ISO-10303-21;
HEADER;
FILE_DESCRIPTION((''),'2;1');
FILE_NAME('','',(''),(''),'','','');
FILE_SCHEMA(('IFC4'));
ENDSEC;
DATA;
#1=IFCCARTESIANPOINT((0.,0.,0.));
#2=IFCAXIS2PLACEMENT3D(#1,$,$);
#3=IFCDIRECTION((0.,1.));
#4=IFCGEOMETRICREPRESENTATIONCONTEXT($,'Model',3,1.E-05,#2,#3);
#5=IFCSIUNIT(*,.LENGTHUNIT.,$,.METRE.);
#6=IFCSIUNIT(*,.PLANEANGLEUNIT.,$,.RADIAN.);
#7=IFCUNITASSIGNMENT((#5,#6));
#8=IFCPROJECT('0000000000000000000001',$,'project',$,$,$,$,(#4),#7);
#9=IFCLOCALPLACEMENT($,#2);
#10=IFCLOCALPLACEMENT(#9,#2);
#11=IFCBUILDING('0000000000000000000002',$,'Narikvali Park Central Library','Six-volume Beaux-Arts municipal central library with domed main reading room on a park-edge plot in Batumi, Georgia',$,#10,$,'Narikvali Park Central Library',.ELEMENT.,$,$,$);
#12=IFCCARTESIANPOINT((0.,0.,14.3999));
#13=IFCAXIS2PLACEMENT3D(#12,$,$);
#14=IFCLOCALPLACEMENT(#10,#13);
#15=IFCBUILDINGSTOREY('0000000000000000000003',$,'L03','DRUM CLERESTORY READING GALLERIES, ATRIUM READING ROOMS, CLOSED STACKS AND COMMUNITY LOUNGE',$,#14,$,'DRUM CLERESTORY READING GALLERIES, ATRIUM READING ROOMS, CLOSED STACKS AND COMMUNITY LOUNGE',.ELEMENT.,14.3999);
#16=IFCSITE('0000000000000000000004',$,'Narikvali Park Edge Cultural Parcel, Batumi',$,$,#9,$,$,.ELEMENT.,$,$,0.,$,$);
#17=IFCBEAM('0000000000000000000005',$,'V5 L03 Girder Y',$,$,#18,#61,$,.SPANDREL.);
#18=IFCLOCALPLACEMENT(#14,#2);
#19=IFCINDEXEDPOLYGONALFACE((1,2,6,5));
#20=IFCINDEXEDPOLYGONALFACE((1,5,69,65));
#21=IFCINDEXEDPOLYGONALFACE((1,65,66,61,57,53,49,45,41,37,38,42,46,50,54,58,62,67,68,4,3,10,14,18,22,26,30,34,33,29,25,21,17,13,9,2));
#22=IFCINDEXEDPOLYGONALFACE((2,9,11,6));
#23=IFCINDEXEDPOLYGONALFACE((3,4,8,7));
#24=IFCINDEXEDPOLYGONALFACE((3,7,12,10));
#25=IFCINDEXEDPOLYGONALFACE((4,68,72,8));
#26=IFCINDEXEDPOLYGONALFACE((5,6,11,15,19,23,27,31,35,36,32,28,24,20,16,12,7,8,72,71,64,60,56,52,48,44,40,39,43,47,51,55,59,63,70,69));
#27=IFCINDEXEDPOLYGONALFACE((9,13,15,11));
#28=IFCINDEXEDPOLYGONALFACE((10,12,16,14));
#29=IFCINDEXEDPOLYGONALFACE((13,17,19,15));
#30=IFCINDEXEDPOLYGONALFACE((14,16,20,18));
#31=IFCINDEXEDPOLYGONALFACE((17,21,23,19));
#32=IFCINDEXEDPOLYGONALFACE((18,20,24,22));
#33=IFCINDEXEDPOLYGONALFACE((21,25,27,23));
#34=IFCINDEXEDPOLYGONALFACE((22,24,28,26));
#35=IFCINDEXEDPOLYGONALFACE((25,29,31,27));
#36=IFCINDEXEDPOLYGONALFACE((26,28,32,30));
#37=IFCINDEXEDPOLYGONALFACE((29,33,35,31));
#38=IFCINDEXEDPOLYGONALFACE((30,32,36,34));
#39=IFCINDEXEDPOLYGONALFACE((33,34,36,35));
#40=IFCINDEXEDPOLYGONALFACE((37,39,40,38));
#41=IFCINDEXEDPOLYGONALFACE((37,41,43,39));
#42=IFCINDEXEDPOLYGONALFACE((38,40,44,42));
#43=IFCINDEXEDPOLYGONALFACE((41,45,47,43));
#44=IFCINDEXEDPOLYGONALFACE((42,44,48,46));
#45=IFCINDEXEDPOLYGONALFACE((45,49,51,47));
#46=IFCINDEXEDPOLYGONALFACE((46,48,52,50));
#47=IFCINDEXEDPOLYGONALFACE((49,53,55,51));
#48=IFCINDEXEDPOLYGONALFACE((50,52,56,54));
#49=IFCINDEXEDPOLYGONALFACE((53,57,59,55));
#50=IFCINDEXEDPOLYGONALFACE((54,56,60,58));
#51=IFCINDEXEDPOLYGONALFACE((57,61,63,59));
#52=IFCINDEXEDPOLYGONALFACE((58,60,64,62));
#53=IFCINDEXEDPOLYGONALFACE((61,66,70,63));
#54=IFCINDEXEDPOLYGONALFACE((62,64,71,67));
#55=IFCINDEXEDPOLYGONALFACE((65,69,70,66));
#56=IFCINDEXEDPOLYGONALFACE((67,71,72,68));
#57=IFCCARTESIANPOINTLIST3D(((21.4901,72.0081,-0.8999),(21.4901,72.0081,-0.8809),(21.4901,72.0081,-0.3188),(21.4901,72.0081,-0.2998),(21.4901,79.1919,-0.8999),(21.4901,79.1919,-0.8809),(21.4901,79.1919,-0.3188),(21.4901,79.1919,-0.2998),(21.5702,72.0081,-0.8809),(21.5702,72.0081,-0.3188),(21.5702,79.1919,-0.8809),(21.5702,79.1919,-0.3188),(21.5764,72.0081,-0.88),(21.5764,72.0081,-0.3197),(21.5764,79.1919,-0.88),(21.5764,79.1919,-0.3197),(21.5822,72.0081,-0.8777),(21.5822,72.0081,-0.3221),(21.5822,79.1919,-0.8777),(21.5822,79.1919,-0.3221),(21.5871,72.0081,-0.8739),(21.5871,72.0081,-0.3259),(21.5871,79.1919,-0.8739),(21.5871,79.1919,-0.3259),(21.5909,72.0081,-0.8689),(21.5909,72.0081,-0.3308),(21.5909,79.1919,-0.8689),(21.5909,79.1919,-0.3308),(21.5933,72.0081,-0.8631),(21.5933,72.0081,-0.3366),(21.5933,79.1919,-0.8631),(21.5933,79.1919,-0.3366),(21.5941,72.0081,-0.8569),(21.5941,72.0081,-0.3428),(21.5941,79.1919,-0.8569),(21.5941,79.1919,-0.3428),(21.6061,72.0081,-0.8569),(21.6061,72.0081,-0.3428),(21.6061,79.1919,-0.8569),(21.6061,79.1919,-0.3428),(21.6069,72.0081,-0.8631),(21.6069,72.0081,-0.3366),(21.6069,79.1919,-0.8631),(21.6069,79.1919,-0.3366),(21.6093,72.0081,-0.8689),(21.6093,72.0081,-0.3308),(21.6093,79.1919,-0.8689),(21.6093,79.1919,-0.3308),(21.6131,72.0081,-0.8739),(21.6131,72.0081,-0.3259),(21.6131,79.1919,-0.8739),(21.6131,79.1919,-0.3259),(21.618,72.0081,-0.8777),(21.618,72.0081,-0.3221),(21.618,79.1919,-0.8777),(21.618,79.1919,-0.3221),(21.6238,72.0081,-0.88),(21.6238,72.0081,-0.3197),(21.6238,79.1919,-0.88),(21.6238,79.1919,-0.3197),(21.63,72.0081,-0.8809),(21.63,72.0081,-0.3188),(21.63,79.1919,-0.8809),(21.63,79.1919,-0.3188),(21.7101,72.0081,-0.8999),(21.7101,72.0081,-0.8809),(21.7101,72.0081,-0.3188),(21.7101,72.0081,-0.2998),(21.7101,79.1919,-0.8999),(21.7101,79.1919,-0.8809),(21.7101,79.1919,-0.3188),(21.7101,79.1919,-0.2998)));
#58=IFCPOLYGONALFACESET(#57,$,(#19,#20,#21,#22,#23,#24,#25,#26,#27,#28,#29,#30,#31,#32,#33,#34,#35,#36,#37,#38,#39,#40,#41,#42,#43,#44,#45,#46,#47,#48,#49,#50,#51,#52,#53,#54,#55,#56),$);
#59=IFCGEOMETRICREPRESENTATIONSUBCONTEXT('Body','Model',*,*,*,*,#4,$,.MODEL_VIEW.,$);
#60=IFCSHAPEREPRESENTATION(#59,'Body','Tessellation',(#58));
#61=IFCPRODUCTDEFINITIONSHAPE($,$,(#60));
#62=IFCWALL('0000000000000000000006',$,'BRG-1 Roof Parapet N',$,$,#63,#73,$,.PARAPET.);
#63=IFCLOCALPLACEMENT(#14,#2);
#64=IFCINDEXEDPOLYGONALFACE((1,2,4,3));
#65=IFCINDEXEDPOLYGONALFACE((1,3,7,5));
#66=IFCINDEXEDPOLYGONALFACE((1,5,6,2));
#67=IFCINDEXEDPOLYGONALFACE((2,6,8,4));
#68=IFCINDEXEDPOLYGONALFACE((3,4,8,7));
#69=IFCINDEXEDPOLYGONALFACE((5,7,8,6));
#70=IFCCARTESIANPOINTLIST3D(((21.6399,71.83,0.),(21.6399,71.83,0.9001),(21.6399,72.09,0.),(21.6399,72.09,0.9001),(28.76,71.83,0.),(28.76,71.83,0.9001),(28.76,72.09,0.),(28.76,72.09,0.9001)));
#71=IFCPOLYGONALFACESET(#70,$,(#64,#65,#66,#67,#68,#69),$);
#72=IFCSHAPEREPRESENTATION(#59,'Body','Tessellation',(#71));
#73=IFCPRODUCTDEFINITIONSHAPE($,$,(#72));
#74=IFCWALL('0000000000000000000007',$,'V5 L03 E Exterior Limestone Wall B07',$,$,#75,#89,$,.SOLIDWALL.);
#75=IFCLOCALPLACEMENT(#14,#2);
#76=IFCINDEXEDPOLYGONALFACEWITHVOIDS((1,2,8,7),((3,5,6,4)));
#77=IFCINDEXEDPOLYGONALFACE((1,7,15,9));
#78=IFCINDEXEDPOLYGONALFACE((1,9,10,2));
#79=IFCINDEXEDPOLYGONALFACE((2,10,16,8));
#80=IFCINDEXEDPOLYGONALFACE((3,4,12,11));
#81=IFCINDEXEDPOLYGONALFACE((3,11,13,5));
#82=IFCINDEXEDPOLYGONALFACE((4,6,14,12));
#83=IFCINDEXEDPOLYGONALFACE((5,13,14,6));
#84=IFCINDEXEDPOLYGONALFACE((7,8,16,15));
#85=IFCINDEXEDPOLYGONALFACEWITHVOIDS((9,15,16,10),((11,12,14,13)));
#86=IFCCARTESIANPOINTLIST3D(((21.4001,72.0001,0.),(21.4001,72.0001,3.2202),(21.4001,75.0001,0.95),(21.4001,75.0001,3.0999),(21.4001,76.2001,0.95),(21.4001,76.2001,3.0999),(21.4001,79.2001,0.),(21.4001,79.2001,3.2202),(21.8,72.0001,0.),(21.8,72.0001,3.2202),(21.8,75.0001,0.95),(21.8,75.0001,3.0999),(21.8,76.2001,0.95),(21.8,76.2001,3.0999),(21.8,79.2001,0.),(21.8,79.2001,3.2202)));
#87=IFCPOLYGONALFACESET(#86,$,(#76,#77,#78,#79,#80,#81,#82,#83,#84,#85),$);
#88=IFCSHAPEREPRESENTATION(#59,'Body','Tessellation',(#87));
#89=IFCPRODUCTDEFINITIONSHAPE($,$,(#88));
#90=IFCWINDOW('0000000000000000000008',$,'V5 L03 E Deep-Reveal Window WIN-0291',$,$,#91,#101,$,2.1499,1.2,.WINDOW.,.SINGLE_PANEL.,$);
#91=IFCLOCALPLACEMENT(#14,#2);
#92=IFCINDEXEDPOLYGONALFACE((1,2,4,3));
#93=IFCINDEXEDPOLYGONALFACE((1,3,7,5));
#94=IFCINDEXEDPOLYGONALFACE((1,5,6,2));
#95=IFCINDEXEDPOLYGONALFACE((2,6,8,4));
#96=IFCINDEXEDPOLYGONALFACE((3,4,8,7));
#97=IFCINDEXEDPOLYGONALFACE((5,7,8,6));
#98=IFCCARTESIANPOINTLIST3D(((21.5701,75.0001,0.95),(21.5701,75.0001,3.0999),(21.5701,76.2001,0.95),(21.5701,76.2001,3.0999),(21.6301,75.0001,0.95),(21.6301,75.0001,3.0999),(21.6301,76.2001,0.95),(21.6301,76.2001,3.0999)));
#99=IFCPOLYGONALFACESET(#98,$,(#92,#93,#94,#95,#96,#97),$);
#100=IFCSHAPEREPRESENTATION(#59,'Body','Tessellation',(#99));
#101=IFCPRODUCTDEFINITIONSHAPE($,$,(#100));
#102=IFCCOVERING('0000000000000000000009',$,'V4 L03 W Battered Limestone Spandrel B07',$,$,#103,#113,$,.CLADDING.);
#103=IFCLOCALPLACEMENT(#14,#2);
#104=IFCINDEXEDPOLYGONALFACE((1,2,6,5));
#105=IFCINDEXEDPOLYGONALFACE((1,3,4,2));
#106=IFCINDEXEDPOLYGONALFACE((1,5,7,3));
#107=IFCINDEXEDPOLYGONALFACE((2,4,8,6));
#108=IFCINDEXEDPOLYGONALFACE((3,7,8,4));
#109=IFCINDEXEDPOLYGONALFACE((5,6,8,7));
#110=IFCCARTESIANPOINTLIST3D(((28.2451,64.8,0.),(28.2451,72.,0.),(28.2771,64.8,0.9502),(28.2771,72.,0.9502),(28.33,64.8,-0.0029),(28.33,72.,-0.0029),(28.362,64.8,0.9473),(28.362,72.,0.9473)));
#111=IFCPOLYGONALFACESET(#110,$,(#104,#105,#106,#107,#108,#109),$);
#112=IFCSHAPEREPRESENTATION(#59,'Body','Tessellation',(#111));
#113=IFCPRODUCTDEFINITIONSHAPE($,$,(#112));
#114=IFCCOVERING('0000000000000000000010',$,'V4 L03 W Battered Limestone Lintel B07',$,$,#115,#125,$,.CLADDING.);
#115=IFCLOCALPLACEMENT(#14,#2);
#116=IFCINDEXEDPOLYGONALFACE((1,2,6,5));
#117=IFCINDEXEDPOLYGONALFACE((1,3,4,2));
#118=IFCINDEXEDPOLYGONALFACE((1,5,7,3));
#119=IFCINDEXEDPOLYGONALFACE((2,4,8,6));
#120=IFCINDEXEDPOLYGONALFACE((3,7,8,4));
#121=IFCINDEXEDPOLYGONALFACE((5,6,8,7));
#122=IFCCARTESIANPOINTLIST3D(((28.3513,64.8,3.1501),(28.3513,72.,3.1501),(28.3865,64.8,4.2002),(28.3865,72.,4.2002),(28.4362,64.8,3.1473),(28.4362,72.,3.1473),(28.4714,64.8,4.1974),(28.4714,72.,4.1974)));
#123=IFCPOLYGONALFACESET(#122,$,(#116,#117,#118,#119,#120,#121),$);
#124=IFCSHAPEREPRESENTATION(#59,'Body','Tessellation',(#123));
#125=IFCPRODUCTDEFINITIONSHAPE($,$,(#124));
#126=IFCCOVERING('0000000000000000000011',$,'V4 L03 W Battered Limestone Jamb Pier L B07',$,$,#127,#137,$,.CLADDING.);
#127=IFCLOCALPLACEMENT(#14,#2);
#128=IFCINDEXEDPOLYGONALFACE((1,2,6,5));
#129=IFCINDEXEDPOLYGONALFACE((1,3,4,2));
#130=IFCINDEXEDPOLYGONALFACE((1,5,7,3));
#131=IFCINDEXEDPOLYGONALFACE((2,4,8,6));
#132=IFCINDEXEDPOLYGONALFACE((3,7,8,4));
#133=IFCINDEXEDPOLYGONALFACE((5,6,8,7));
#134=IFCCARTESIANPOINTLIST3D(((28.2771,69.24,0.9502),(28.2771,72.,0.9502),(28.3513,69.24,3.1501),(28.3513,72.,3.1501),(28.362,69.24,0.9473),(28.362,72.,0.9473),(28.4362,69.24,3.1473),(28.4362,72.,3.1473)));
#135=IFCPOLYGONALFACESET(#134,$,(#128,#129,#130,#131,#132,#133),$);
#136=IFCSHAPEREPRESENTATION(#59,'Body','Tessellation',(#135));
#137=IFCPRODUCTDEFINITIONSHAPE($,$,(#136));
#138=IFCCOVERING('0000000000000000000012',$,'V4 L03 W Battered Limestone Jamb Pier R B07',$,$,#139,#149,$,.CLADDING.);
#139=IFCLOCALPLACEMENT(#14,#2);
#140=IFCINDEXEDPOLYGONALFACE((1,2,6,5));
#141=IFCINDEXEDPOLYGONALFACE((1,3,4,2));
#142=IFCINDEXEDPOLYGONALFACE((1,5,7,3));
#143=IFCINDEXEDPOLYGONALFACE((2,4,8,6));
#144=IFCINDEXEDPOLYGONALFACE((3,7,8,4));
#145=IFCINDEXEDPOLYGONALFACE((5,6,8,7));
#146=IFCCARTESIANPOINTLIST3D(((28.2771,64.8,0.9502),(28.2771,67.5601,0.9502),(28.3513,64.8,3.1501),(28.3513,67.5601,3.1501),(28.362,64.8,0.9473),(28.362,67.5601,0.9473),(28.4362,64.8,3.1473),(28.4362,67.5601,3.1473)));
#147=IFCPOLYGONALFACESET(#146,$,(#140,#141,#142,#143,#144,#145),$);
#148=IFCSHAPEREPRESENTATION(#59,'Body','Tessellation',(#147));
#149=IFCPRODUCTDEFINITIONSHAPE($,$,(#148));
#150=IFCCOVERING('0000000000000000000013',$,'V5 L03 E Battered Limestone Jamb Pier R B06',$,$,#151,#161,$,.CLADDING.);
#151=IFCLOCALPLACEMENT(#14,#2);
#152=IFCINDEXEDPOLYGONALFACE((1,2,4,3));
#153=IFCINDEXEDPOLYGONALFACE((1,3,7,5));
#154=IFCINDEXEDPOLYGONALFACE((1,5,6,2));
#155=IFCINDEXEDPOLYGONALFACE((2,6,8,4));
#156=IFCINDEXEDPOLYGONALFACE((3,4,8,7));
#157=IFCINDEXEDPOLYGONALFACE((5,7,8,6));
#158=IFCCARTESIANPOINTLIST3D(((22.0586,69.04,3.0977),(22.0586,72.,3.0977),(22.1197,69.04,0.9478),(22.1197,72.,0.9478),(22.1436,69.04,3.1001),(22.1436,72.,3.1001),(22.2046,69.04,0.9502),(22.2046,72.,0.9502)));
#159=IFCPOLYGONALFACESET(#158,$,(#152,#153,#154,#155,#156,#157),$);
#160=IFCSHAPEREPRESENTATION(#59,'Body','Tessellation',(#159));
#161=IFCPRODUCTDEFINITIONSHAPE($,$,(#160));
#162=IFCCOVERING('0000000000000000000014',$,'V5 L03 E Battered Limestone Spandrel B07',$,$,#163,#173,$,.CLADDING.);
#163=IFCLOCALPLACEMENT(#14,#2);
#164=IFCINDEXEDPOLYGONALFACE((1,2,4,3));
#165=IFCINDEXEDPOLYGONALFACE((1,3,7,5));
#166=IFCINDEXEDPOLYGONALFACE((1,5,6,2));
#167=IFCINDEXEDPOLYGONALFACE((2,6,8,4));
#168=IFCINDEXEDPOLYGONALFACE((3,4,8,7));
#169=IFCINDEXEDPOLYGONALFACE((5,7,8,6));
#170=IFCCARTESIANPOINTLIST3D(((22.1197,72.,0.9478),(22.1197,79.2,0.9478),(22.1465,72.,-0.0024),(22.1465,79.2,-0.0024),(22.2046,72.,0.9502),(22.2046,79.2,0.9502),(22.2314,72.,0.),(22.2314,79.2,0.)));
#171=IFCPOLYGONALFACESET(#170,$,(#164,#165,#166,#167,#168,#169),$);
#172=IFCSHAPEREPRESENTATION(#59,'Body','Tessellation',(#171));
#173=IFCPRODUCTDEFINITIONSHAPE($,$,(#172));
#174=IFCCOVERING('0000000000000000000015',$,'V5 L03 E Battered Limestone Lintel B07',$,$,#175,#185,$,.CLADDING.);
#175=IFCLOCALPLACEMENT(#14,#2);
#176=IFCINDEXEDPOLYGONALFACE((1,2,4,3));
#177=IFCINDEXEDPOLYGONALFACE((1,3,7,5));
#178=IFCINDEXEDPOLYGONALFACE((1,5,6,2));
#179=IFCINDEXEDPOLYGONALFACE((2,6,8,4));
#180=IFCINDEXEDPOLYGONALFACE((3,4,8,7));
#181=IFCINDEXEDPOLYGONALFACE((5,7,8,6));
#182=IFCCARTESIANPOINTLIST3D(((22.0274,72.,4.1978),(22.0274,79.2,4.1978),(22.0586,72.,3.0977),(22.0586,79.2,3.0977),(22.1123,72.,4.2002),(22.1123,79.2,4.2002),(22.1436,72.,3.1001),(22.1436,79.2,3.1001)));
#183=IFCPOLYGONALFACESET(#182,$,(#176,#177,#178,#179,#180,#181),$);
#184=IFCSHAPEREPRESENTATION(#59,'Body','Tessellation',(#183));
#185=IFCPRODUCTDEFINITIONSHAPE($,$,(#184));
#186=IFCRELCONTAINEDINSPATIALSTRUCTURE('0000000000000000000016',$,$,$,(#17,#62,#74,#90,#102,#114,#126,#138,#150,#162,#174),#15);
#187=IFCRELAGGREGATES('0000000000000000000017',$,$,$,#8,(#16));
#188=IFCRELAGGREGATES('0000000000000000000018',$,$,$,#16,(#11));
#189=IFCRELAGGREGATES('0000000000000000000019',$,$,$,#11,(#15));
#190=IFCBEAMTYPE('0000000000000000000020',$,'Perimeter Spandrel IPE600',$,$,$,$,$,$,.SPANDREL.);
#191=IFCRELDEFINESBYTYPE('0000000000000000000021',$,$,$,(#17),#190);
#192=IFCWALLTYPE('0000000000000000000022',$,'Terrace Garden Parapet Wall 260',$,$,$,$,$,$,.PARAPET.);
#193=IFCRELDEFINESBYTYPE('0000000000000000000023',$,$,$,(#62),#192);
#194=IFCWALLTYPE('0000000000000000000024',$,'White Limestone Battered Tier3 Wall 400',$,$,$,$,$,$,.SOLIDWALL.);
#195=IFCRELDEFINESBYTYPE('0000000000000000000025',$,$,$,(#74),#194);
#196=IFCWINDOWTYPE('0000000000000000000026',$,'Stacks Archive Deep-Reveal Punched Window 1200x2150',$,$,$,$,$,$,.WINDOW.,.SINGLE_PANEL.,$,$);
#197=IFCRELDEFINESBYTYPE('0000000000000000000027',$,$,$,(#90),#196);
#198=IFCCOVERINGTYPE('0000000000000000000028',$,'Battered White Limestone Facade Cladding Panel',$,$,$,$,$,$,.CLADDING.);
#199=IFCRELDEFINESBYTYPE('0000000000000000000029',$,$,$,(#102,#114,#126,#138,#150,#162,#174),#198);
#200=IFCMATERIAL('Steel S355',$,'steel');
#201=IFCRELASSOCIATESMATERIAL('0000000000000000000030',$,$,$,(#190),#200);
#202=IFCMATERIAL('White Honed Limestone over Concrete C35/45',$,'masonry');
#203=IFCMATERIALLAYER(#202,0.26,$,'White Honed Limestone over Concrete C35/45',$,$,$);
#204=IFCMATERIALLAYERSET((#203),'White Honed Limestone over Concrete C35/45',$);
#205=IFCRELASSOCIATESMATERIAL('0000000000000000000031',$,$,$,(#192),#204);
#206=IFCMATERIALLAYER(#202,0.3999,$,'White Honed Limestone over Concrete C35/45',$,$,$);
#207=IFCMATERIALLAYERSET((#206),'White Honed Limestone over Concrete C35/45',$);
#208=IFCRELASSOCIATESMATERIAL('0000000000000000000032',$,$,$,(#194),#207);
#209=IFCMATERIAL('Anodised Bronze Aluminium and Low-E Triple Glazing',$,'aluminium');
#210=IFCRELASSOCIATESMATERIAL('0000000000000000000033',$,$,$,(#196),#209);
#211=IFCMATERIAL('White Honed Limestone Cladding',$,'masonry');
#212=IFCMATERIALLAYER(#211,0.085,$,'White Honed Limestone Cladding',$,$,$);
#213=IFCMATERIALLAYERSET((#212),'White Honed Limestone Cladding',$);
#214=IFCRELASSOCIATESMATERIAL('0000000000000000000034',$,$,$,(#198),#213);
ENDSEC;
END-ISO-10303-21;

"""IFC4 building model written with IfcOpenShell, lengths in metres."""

from ifc_helpers import new_model, si_unit, direction, frame, frame_2d, origin, origin_2d, place, context, subcontext, project, spatial, polyline, rectangle, i_section, outline, extrude, material, layer, layer_set, material_profile, profile_set, type_object, element, fill, save


model = new_model("IFC4")

# Units and contexts
model_context = context("Model", 3, precision=1e-05, world=origin(), true_north=direction((0.0, 1.0)))
body_context = subcontext(model_context, "Body", "Model", "MODEL_VIEW")
ifc_project = project(units=[si_unit("LENGTHUNIT", "METRE"), si_unit("PLANEANGLEUNIT", "RADIAN")], contexts=[model_context])

# Site, building, storey
site_placement = place(None, origin())
site = spatial("IfcSite", under=ifc_project, at=site_placement, Name="Narikvali Park Edge Cultural Parcel, Batumi", CompositionType="ELEMENT", RefElevation=0.0)
building_placement = place(site_placement, origin())
building = spatial("IfcBuilding", under=site, at=building_placement, Name="Narikvali Park Central Library", Description="Six-volume Beaux-Arts municipal central library with domed main reading room on a park-edge plot in Batumi, Georgia", LongName="Narikvali Park Central Library", CompositionType="ELEMENT")
storey_placement = place(building_placement, frame((0.0, 0.0, 14.3999)))
storey = spatial("IfcBuildingStorey", under=building, at=storey_placement, Name="L03", Description="DRUM CLERESTORY READING GALLERIES, ATRIUM READING ROOMS, CLOSED STACKS AND COMMUNITY LOUNGE", LongName="DRUM CLERESTORY READING GALLERIES, ATRIUM READING ROOMS, CLOSED STACKS AND COMMUNITY LOUNGE", CompositionType="ELEMENT", Elevation=14.3999)

# Shared definitions
ifc_material_1 = material(Name="Steel S355", Category="steel")

# Beam
ifc_material_profile_1 = material_profile(ifc_material_1, i_section(OverallWidth=0.22, OverallDepth=0.6001, WebThickness=0.012, FlangeThickness=0.019, FilletRadius=0.0239, at=origin_2d()), Name="IPE 600")
ifc_profile_set_1 = profile_set([ifc_material_profile_1], Name="Steel S355")
beam_type_1 = type_object("IfcBeamType", Name="Perimeter Spandrel IPE600", PredefinedType="SPANDREL", material=ifc_profile_set_1)
beam_1_placement = place(storey_placement, frame((21.6001, 72.0081, -0.5999), z_axis=(0.0, 1.0, 0.0), x_axis=(-1.0, 0.0, 0.0)))
element("IfcBeam", 1, at=beam_1_placement, inside=storey, type_object=beam_type_1, Name="V5 L03 Girder Y", PredefinedType="SPANDREL", context=body_context, shape_type="SweptSolid", body=[
    extrude(i_section(OverallWidth=0.22, OverallDepth=0.6001, WebThickness=0.012, FlangeThickness=0.019, FilletRadius=0.0239, at=origin_2d()), origin(), (0.0, 0.0, 1.0), 7.1838),
])

# Wall
ifc_material_2 = material(Name="White Honed Limestone over Concrete C35/45", Category="masonry")
ifc_layer_1 = layer(ifc_material_2, 0.26, Name="White Honed Limestone over Concrete C35/45")
ifc_layer_set_1 = layer_set([ifc_layer_1], Name="White Honed Limestone over Concrete C35/45")
wall_type_1 = type_object("IfcWallType", Name="Terrace Garden Parapet Wall 260", PredefinedType="PARAPET", material=ifc_layer_set_1)
wall_1_placement = place(storey_placement, frame((28.76, 71.96, 0.0), z_axis=(0.0, 0.0, 1.0), x_axis=(-1.0, 0.0, 0.0)))
element("IfcWall", 2, at=wall_1_placement, inside=storey, type_object=wall_type_1, Name="BRG-1 Roof Parapet N", PredefinedType="PARAPET", context=body_context, shape_type="SweptSolid", body=[
    extrude(rectangle(XDim=7.1201, YDim=0.26, at=frame_2d((3.5601, 0.0))), origin(), (0.0, 0.0, 1.0), 0.9001),
])

# Wall, opening, window
ifc_layer_2 = layer(ifc_material_2, 0.3999, Name="White Honed Limestone over Concrete C35/45")
ifc_layer_set_2 = layer_set([ifc_layer_2], Name="White Honed Limestone over Concrete C35/45")
wall_type_2 = type_object("IfcWallType", Name="White Limestone Battered Tier3 Wall 400", PredefinedType="SOLIDWALL", material=ifc_layer_set_2)
wall_2_placement = place(storey_placement, frame((21.6001, 72.0, 0.0), z_axis=(0.0, 0.0, 1.0), x_axis=(0.0, 1.0, 0.0)))
wall_2 = element("IfcWall", 3, at=wall_2_placement, inside=storey, type_object=wall_type_2, Name="V5 L03 E Exterior Limestone Wall B07", PredefinedType="SOLIDWALL", context=body_context, shape_type="SweptSolid", body=[
    extrude(rectangle(XDim=7.2, YDim=0.3999, at=frame_2d((3.6001, 0.0))), origin(), (0.0, 0.0, 1.0), 3.2202),
])
opening_placement = place(wall_2_placement, frame((3.0, 0.0, 0.95)))
opening = element("IfcOpeningElement", 4, at=opening_placement, cuts=wall_2, PredefinedType="OPENING", context=body_context, shape_type="SweptSolid", body=[
    extrude(rectangle(XDim=1.2, YDim=2.1499, at=frame_2d((0.6001, 1.075))), frame((0.0, 0.2119, 0.0), z_axis=(0.0, -1.0, 0.0), x_axis=(1.0, 0.0, 0.0)), (0.0, 0.0, 1.0), 0.4238),
])
ifc_material_3 = material(Name="Anodised Bronze Aluminium and Low-E Triple Glazing", Category="aluminium")
window_type = type_object("IfcWindowType", Name="Stacks Archive Deep-Reveal Punched Window 1200x2150", PartitioningType="SINGLE_PANEL", PredefinedType="WINDOW", material=ifc_material_3)
window_placement = place(opening_placement, origin())
window = element("IfcWindow", 5, at=window_placement, inside=storey, type_object=window_type, Name="V5 L03 E Deep-Reveal Window WIN-0291", OverallHeight=2.1499, OverallWidth=1.2, PartitioningType="SINGLE_PANEL", PredefinedType="WINDOW", context=body_context, shape_type="SweptSolid", body=[
    extrude(rectangle(XDim=1.2, YDim=2.1499, at=frame_2d((0.6001, 1.075))), frame((0.0, 0.03, 0.0), z_axis=(0.0, -1.0, 0.0), x_axis=(1.0, 0.0, 0.0)), (0.0, 0.0, 1.0), 0.0601),
])
fill(opening, window)

# Coverings
ifc_material_4 = material(Name="White Honed Limestone Cladding", Category="masonry")
ifc_layer_3 = layer(ifc_material_4, 0.085, Name="White Honed Limestone Cladding")
ifc_layer_set_3 = layer_set([ifc_layer_3], Name="White Honed Limestone Cladding")
covering_type = type_object("IfcCoveringType", Name="Battered White Limestone Facade Cladding Panel", PredefinedType="CLADDING", material=ifc_layer_set_3)
covering_1_placement = place(storey_placement, frame((28.2451, 72.0, 0.0), z_axis=(-0.999434, 0.0, 0.03364), x_axis=(0.0, -1.0, 0.0)))
element("IfcCovering", 6, at=covering_1_placement, inside=storey, type_object=covering_type, Name="V4 L03 W Battered Limestone Spandrel B07", PredefinedType="CLADDING", context=body_context, shape_type="SweptSolid", body=[
    extrude(outline(polyline([(0.0, 0.0), (7.2, 0.0), (7.2, 0.9507), (0.0, 0.9507), (0.0, 0.0)])), origin(), (0.0, 0.0, -1.0), 0.085),
])
covering_2_placement = place(storey_placement, frame((28.3513, 72.0, 3.1501), z_axis=(-0.99944, 0.0, 0.033462), x_axis=(0.0, -1.0, 0.0)))
element("IfcCovering", 7, at=covering_2_placement, inside=storey, type_object=covering_type, Name="V4 L03 W Battered Limestone Lintel B07", PredefinedType="CLADDING", context=body_context, shape_type="SweptSolid", body=[
    extrude(outline(polyline([(0.0, 0.0), (7.2, 0.0), (7.2, 1.0506), (0.0, 1.0506), (0.0, 0.0)])), origin(), (0.0, 0.0, -1.0), 0.085),
])
for number, where, z_axis, x_axis, name in (
    (8, (28.2771, 72.0, 0.9502), (-0.999431, 0.0, 0.033717), (0.0, -1.0, 0.0), "V4 L03 W Battered Limestone Jamb Pier L B07"),
    (9, (28.2771, 67.5601, 0.9502), (-0.999431, 0.0, 0.033717), (0.0, -1.0, 0.0), "V4 L03 W Battered Limestone Jamb Pier R B07"),
):
    element("IfcCovering", number, at=place(storey_placement, frame(where, z_axis=z_axis, x_axis=x_axis)), inside=storey, type_object=covering_type, Name=name, PredefinedType="CLADDING", context=body_context, shape_type="SweptSolid", body=[
        extrude(outline(polyline([(0.0, 0.0), (2.76, 0.0), (2.76, 2.2012), (0.0, 2.2012), (0.0, 0.0)])), origin(), (0.0, 0.0, -1.0), 0.085),
    ])
covering_3_placement = place(storey_placement, frame((22.2046, 69.04, 0.9502), z_axis=(0.999597, 0.0, 0.028378), x_axis=(0.0, 1.0, 0.0)))
element("IfcCovering", 10, at=covering_3_placement, inside=storey, type_object=covering_type, Name="V5 L03 E Battered Limestone Jamb Pier R B06", PredefinedType="CLADDING", context=body_context, shape_type="SweptSolid", body=[
    extrude(outline(polyline([(0.0, 0.0), (2.96, 0.0), (2.96, 2.1508), (0.0, 2.1508), (0.0, 0.0)])), origin(), (0.0, 0.0, -1.0), 0.085),
])
covering_4_placement = place(storey_placement, frame((22.2314, 72.0, 0.0), z_axis=(0.999601, 0.0, 0.028252), x_axis=(0.0, 1.0, 0.0)))
element("IfcCovering", 11, at=covering_4_placement, inside=storey, type_object=covering_type, Name="V5 L03 E Battered Limestone Spandrel B07", PredefinedType="CLADDING", context=body_context, shape_type="SweptSolid", body=[
    extrude(outline(polyline([(0.0, 0.0), (7.2, 0.0), (7.2, 0.9506), (0.0, 0.9506), (0.0, 0.0)])), origin(), (0.0, 0.0, -1.0), 0.085),
])
covering_5_placement = place(storey_placement, frame((22.1436, 72.0, 3.1001), z_axis=(0.999597, 0.0, 0.028395), x_axis=(0.0, 1.0, 0.0)))
element("IfcCovering", 12, at=covering_5_placement, inside=storey, type_object=covering_type, Name="V5 L03 E Battered Limestone Lintel B07", PredefinedType="CLADDING", context=body_context, shape_type="SweptSolid", body=[
    extrude(outline(polyline([(0.0, 0.0), (7.2, 0.0), (7.2, 1.1005), (0.0, 1.1005), (0.0, 0.0)])), origin(), (0.0, 0.0, -1.0), 0.085),
])

save(model, "model.ifc")
